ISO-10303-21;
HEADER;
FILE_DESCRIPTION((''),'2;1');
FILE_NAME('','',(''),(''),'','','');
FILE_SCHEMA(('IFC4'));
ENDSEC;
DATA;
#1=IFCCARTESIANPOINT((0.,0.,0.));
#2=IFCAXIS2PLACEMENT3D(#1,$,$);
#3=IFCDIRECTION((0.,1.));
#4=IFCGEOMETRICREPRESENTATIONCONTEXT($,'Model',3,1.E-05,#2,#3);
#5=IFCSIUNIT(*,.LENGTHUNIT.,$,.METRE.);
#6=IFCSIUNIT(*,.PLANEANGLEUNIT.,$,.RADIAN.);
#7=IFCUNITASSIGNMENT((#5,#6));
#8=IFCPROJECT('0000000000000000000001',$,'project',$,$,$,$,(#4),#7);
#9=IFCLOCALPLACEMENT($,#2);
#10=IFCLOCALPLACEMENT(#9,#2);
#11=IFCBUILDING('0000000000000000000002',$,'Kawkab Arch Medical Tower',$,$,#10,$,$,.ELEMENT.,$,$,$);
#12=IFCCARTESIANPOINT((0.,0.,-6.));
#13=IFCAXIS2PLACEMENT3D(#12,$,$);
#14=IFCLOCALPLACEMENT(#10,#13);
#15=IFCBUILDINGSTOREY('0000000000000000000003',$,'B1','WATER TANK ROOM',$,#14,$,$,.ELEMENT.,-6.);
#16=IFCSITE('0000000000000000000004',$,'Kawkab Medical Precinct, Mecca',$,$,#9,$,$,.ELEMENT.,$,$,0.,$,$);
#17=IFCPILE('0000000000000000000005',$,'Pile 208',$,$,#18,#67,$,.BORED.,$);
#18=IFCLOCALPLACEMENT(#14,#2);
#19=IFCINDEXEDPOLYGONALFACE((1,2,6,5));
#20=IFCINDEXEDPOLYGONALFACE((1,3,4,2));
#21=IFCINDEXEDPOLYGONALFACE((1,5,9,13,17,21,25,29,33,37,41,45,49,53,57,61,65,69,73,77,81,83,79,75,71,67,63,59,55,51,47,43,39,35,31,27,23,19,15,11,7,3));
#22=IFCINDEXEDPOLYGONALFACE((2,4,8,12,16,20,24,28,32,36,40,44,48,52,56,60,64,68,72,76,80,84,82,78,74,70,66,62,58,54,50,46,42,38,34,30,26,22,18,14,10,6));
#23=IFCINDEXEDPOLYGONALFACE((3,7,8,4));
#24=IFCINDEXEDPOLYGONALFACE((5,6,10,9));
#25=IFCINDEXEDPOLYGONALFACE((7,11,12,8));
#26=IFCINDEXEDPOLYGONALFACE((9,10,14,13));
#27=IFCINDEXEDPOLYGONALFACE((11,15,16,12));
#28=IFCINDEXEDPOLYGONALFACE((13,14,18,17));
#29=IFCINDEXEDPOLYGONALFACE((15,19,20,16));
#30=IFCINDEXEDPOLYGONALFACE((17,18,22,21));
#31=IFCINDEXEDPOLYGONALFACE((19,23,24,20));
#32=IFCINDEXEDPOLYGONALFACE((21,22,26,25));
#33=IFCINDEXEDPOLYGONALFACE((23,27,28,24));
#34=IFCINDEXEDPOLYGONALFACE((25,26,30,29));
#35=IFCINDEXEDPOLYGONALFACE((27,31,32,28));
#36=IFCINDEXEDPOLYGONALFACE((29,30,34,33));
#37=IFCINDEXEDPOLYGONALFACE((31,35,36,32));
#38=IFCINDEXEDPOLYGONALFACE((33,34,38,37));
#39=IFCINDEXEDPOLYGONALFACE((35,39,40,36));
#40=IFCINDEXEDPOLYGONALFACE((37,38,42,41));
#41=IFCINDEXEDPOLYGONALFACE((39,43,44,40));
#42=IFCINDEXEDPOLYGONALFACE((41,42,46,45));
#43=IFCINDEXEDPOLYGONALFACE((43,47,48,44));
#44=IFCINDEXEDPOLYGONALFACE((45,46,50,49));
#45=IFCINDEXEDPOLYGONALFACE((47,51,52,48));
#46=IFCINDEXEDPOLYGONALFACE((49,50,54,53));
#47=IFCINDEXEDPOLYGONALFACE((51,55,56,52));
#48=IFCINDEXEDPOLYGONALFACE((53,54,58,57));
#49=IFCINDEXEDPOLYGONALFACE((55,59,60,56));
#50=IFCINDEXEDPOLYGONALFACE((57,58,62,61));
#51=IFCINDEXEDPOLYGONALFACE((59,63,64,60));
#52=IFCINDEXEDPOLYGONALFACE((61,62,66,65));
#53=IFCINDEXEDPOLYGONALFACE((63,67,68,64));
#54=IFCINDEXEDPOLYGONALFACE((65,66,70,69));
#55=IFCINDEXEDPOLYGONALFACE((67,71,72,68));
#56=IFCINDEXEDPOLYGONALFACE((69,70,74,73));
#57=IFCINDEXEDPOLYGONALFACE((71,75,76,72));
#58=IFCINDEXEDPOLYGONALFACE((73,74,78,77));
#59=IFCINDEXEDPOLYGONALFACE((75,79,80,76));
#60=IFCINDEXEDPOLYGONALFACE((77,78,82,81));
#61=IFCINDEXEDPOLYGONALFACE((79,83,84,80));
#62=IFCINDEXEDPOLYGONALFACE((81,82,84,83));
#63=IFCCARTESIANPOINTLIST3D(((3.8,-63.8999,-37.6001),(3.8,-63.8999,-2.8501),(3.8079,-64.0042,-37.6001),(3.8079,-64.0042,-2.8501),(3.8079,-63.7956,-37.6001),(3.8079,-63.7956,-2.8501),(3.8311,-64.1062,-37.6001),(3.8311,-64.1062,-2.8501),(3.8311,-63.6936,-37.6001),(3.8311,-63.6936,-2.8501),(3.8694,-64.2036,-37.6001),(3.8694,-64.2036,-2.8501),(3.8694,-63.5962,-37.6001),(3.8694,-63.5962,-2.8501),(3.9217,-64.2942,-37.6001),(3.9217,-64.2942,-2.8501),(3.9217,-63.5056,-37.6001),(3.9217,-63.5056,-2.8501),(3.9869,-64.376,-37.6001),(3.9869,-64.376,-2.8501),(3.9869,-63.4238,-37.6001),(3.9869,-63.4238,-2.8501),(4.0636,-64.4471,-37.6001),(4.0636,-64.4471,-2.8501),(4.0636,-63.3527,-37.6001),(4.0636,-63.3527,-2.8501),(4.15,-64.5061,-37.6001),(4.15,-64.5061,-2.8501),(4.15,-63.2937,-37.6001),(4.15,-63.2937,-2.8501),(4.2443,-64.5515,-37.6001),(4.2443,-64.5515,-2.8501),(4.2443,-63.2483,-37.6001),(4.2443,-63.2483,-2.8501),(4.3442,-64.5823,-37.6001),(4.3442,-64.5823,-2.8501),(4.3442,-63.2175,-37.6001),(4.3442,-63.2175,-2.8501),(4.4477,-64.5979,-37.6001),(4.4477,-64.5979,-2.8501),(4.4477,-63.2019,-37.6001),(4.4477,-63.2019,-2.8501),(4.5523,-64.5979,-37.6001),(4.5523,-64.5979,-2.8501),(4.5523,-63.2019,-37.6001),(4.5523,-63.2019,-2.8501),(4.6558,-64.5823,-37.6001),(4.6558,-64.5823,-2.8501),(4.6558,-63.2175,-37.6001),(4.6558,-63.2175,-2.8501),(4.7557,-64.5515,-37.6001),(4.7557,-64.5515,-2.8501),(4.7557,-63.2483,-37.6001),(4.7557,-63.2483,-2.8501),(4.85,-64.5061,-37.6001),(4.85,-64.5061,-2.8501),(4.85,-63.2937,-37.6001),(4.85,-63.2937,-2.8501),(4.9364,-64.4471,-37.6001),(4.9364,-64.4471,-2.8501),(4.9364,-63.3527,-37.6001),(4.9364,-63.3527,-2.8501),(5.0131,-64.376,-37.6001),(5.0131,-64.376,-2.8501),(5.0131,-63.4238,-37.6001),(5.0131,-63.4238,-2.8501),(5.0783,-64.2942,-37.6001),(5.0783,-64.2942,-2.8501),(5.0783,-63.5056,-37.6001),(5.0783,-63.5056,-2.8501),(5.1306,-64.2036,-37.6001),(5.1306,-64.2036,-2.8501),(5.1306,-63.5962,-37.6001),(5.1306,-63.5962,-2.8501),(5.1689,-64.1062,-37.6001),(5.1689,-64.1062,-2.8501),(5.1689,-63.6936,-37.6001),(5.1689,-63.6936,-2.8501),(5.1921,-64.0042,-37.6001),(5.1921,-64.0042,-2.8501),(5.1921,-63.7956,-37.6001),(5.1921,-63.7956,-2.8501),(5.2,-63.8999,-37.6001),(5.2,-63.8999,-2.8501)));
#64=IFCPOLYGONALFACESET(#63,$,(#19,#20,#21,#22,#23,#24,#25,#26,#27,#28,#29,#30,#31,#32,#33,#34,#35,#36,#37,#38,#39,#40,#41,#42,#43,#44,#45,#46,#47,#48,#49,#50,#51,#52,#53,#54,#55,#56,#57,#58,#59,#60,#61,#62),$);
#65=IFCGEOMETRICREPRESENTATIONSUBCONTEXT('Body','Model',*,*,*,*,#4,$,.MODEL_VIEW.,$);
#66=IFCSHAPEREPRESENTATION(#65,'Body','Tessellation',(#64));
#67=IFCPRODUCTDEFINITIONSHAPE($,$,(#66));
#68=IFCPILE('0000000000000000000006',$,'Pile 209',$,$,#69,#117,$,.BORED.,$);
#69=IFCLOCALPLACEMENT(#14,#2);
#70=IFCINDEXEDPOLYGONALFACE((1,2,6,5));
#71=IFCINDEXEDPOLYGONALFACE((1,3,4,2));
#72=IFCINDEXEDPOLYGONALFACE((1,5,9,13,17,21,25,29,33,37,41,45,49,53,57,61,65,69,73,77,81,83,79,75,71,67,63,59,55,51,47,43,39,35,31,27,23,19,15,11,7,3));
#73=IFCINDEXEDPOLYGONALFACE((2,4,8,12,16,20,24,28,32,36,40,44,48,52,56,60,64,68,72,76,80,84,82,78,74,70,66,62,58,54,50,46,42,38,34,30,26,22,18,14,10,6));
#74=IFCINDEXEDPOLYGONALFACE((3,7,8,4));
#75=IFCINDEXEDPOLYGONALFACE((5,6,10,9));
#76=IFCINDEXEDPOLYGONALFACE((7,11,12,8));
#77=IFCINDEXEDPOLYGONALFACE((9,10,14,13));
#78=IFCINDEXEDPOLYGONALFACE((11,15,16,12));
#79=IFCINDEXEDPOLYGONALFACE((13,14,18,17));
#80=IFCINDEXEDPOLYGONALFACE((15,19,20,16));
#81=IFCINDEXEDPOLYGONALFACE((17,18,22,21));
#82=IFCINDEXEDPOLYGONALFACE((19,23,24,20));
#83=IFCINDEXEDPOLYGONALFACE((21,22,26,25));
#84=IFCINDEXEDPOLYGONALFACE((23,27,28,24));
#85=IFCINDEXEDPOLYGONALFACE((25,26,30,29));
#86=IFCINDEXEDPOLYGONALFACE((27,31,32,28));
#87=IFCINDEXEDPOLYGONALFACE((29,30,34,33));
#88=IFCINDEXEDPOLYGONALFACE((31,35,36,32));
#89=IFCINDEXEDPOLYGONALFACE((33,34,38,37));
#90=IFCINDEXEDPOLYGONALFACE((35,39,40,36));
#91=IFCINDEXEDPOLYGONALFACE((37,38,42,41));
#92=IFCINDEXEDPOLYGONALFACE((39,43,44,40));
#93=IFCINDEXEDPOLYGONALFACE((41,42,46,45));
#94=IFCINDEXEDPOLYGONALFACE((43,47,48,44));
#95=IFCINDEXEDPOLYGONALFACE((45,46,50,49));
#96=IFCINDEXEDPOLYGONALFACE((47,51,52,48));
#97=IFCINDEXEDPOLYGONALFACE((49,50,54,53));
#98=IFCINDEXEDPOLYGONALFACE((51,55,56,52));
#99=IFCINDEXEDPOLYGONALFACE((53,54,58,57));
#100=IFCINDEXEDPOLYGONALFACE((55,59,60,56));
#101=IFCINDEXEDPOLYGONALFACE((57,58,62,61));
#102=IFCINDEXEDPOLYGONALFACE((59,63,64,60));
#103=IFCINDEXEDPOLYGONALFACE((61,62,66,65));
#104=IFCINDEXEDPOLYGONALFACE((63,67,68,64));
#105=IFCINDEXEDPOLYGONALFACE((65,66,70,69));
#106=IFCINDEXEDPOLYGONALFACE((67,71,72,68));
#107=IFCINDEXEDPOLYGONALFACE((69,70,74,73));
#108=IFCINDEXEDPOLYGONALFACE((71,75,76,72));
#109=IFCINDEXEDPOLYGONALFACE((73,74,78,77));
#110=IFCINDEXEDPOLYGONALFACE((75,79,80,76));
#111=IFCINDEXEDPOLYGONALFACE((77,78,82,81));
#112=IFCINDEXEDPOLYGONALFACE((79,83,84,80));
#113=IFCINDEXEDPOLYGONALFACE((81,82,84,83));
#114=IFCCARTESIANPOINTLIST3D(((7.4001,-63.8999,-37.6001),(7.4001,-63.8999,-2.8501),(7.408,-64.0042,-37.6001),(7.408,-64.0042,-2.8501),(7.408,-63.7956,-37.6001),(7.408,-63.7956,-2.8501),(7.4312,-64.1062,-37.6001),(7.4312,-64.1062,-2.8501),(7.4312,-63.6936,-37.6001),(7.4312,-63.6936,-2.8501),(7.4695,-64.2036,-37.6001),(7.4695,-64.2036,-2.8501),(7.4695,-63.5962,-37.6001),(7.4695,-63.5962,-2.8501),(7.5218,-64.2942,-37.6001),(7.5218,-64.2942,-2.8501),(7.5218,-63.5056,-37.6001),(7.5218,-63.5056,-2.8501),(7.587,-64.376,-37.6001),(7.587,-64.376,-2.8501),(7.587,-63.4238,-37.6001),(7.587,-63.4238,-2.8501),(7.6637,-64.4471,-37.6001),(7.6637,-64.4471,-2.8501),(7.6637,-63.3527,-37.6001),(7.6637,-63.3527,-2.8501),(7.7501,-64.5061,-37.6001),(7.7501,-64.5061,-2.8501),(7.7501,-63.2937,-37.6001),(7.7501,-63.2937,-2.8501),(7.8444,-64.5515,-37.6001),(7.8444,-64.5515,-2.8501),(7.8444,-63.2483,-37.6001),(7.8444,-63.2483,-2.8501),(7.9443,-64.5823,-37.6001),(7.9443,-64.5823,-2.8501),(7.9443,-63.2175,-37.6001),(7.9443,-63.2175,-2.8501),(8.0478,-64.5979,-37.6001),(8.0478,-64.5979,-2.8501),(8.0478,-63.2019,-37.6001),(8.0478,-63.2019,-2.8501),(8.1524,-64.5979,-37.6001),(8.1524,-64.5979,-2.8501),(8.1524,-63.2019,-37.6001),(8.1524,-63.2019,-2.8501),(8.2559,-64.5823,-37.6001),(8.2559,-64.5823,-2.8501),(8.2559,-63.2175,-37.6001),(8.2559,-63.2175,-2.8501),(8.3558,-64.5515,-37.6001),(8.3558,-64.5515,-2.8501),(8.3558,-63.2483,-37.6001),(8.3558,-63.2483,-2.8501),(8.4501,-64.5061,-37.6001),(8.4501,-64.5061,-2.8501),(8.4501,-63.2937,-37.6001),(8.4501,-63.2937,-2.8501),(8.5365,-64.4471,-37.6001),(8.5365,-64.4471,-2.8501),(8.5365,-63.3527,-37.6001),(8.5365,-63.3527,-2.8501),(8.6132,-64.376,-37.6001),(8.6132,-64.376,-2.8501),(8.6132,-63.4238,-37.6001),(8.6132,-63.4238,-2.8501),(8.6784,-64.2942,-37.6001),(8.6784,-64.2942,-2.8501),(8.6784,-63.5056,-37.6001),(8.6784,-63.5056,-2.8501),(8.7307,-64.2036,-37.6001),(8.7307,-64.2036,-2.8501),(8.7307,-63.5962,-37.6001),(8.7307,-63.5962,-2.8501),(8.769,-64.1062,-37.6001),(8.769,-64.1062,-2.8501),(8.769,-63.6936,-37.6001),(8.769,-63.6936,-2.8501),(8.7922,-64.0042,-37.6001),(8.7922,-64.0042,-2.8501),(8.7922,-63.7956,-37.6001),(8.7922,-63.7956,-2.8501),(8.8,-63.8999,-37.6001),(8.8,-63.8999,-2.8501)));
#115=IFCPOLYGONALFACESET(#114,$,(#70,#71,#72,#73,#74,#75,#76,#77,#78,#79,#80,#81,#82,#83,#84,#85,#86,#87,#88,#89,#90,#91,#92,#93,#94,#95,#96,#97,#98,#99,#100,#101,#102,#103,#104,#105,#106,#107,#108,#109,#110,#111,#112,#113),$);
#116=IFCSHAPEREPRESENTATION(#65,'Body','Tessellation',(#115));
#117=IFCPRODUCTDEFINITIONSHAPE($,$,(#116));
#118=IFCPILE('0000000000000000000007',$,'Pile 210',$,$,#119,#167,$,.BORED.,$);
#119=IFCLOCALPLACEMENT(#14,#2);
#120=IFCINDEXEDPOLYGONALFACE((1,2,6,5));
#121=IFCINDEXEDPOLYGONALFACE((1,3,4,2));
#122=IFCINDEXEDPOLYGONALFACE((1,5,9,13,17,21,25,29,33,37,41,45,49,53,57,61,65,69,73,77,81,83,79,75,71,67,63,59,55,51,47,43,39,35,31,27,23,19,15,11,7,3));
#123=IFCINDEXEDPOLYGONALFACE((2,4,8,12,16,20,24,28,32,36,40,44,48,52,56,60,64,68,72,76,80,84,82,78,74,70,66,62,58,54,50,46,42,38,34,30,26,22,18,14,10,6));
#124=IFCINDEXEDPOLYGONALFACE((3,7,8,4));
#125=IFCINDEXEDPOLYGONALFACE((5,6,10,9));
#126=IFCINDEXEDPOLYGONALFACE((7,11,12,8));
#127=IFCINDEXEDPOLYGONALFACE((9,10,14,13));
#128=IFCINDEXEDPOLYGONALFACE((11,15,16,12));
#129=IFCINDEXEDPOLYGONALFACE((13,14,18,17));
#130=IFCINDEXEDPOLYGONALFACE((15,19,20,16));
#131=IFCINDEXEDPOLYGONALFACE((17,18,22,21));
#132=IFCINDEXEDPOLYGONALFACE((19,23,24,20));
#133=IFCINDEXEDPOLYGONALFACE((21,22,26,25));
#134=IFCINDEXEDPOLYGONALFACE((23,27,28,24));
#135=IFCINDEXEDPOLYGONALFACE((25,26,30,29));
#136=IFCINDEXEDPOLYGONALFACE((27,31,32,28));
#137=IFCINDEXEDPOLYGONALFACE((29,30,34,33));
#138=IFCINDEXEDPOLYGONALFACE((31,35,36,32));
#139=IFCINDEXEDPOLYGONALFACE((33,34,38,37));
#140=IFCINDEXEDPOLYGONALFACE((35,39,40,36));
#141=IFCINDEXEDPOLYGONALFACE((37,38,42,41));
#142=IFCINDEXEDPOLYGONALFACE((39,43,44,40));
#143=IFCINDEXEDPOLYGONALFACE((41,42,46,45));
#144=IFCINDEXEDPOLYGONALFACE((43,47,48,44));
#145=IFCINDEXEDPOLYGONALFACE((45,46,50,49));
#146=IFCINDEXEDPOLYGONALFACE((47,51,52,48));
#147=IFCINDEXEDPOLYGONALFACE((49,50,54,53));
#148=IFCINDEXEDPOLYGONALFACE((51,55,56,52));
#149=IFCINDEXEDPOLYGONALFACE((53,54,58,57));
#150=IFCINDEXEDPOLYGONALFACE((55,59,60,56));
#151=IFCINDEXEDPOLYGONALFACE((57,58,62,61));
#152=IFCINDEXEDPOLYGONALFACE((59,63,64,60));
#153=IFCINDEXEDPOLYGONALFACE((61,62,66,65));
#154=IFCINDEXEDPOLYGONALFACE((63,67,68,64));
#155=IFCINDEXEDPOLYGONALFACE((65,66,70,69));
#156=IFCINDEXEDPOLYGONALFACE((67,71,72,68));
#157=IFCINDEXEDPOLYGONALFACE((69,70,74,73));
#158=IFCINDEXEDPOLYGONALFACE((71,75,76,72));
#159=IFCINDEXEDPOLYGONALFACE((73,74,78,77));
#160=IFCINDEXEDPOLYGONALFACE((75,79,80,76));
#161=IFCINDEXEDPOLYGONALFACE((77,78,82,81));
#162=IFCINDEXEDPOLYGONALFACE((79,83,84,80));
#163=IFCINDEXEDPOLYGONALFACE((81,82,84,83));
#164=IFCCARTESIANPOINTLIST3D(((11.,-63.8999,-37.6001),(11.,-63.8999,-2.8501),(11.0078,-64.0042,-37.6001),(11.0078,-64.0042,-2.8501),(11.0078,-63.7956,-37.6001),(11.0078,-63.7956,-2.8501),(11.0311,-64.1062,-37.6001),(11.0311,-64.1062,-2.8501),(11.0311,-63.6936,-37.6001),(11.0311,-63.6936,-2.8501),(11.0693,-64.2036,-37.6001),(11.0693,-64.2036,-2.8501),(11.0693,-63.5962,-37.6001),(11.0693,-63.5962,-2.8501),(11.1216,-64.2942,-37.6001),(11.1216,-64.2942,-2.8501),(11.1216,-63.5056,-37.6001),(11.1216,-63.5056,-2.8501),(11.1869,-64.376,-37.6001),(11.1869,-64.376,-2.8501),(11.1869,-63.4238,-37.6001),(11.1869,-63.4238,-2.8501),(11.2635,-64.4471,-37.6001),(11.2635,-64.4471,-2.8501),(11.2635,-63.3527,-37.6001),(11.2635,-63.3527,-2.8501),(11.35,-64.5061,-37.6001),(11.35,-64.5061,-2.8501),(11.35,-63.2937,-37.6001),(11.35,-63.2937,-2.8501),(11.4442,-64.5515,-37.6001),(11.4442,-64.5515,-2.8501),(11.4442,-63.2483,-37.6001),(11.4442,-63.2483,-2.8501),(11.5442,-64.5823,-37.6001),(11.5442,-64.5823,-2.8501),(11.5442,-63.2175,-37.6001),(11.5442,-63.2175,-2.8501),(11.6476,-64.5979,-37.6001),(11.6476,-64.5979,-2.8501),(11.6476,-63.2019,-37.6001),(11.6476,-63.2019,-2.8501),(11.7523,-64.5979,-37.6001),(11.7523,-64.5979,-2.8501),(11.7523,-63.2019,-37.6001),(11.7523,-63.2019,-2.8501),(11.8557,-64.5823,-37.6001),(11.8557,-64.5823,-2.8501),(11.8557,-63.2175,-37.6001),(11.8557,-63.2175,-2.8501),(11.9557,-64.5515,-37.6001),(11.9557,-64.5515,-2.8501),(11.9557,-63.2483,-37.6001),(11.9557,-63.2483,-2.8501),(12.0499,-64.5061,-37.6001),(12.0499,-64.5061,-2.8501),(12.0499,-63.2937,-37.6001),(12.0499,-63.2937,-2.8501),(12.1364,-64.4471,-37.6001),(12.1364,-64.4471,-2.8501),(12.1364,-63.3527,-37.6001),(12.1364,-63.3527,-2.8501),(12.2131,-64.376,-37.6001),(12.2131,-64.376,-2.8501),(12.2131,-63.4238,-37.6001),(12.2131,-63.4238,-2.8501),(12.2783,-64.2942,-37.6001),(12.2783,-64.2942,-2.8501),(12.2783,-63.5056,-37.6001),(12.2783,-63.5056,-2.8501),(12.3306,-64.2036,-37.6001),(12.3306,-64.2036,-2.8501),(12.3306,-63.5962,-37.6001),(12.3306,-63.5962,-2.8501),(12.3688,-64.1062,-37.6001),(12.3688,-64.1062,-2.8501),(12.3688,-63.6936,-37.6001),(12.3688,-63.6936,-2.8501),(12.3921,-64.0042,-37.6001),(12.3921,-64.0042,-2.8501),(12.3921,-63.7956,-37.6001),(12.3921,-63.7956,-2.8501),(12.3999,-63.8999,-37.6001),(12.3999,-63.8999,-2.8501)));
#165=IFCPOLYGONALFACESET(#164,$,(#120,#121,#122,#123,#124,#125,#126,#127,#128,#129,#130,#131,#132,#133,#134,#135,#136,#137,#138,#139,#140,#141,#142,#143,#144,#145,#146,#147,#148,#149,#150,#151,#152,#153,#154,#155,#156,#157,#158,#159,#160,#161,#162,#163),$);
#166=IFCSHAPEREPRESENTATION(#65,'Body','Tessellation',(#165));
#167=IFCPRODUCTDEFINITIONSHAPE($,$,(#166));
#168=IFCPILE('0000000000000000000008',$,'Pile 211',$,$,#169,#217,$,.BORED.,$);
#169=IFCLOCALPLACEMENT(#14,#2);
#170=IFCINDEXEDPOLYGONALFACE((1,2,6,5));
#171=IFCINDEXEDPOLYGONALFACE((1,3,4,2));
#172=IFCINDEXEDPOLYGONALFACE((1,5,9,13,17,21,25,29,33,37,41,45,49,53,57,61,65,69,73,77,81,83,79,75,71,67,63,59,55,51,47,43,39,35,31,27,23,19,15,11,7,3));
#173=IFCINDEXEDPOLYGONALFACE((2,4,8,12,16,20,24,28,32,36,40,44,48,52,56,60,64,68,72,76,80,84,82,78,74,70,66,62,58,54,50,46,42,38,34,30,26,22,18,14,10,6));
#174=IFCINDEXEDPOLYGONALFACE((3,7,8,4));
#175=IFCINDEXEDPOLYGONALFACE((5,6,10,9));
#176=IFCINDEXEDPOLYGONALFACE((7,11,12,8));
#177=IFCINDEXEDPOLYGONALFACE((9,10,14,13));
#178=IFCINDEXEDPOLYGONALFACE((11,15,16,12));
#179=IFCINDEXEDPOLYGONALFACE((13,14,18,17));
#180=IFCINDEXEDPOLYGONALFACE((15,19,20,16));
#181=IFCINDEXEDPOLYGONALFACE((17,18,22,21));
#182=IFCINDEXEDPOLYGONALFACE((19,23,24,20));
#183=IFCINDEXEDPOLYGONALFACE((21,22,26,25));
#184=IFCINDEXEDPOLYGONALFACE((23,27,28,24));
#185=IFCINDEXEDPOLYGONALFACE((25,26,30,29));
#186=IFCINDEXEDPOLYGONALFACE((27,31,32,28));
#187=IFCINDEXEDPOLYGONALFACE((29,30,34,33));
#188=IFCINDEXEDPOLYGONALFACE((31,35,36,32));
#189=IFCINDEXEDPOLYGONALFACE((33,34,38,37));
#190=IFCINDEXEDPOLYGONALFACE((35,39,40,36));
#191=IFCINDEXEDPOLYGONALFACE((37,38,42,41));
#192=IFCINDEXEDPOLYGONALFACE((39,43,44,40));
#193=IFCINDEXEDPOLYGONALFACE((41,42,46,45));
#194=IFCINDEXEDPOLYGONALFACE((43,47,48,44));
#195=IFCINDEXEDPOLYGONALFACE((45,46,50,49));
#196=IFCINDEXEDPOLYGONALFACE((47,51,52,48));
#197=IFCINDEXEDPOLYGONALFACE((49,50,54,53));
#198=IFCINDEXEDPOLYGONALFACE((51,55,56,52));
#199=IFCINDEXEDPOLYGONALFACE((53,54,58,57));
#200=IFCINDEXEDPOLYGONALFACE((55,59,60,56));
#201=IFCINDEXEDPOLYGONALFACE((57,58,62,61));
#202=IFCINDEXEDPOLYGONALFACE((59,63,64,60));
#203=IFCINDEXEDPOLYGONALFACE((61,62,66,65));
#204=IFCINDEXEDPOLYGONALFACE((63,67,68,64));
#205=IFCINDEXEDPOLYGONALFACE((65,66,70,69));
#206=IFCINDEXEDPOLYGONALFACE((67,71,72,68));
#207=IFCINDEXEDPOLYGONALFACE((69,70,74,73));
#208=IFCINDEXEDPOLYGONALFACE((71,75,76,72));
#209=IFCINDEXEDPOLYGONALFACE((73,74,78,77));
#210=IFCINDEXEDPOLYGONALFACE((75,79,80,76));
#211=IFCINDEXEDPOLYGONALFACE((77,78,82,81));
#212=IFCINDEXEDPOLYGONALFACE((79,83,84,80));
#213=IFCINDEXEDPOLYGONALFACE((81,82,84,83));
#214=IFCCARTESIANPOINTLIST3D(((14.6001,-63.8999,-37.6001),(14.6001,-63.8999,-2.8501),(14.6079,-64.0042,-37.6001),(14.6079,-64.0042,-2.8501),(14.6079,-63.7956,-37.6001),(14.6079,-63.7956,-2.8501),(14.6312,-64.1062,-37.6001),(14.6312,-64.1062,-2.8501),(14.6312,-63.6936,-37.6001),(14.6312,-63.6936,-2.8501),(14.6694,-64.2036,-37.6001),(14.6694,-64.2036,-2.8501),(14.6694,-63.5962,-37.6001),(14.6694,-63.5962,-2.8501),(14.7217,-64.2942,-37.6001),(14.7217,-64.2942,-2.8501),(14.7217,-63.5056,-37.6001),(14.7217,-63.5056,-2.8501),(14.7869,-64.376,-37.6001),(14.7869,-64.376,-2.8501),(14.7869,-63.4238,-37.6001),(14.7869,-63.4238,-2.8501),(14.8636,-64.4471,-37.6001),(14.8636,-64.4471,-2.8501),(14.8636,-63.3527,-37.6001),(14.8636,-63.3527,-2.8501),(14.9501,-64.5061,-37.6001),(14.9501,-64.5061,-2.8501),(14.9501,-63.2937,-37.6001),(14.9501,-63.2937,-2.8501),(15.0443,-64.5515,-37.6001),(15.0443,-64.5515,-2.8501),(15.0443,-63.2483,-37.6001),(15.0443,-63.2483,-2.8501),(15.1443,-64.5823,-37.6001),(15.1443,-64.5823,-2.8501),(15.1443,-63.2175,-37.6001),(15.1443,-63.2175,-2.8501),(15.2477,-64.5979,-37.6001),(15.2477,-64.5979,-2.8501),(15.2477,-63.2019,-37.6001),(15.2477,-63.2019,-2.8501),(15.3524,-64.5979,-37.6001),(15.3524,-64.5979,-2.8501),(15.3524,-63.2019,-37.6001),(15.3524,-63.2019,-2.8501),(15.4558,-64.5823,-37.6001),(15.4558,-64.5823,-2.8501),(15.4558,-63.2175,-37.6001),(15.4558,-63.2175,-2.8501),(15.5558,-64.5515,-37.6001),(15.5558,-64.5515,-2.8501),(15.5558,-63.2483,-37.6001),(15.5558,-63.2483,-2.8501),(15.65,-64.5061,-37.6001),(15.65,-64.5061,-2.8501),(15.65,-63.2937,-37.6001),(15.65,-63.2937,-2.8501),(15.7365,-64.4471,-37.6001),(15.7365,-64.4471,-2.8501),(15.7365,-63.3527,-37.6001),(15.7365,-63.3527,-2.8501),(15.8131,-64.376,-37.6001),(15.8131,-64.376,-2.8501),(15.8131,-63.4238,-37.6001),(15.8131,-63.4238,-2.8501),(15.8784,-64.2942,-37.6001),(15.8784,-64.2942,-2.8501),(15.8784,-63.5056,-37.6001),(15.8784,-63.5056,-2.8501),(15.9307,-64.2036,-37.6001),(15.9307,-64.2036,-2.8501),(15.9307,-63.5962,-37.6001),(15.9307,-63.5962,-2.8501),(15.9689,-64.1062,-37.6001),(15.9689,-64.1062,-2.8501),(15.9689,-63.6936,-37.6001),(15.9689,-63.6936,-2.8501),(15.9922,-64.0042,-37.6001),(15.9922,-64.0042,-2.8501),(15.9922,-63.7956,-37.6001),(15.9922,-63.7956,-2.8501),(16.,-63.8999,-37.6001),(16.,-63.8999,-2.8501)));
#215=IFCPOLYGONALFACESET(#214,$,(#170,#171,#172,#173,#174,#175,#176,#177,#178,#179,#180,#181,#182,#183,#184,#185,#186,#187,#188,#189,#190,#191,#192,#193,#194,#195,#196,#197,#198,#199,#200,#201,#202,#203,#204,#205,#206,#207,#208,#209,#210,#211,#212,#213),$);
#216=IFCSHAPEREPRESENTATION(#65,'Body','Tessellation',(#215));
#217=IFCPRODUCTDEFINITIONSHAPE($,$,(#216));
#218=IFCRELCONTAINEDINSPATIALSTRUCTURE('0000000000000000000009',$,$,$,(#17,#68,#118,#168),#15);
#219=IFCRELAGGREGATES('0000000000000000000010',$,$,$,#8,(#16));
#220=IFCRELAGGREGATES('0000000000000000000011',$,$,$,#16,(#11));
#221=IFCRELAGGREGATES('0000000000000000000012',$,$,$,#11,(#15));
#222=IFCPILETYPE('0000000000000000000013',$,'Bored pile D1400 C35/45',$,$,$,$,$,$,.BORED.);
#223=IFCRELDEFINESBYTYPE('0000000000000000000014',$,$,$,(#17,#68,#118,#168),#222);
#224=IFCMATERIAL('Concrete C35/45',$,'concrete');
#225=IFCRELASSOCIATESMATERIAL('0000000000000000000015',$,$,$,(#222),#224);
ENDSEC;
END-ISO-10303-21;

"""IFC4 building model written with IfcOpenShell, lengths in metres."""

from ifc_helpers import new_model, si_unit, direction, frame, origin, origin_2d, place, context, subcontext, project, spatial, circle, extrude, material, material_profile, profile_set, type_object, element, save


model = new_model("IFC4")

# Units and contexts
model_context = context("Model", 3, precision=1e-05, world=origin(), true_north=direction((0.0, 1.0)))
body_context = subcontext(model_context, "Body", "Model", "MODEL_VIEW")
ifc_project = project(units=[si_unit("LENGTHUNIT", "METRE"), si_unit("PLANEANGLEUNIT", "RADIAN")], contexts=[model_context])

# Site, building, storey
site_placement = place(None, origin())
site = spatial("IfcSite", under=ifc_project, at=site_placement, Name="Kawkab Medical Precinct, Mecca", CompositionType="ELEMENT", RefElevation=0.0)
building_placement = place(site_placement, origin())
building = spatial("IfcBuilding", under=site, at=building_placement, Name="Kawkab Arch Medical Tower", CompositionType="ELEMENT")
storey_placement = place(building_placement, frame((0.0, 0.0, -6.0)))
storey = spatial("IfcBuildingStorey", under=building, at=storey_placement, Name="B1", Description="WATER TANK ROOM", CompositionType="ELEMENT", Elevation=-6.0)

# Piles
ifc_material_1 = material(Name="Concrete C35/45", Category="concrete")
ifc_material_profile_1 = material_profile(ifc_material_1, circle(Radius=0.7, at=origin_2d()), Name="Bored pile D1400")
ifc_profile_set_1 = profile_set([ifc_material_profile_1], Name="Concrete C35/45")
pile_type = type_object("IfcPileType", Name="Bored pile D1400 C35/45", PredefinedType="BORED", material=ifc_profile_set_1)
for number, where, z_axis, x_axis, name in (
    (1, (4.5, -63.8999, -2.8501), (0.0, 0.0, -1.0), (1.0, 0.0, 0.0), "Pile 208"),
    (2, (8.1001, -63.8999, -2.8501), (0.0, 0.0, -1.0), (1.0, 0.0, 0.0), "Pile 209"),
    (3, (11.7, -63.8999, -2.8501), (0.0, 0.0, -1.0), (1.0, 0.0, 0.0), "Pile 210"),
    (4, (15.3, -63.8999, -2.8501), (0.0, 0.0, -1.0), (1.0, 0.0, 0.0), "Pile 211"),
):
    element("IfcPile", number, at=place(storey_placement, frame(where, z_axis=z_axis, x_axis=x_axis)), inside=storey, type_object=pile_type, Name=name, PredefinedType="BORED", context=body_context, shape_type="SweptSolid", body=[
        extrude(circle(Radius=0.7, at=origin_2d()), origin(), (0.0, 0.0, 1.0), 34.75),
    ])

save(model, "model.ifc")
